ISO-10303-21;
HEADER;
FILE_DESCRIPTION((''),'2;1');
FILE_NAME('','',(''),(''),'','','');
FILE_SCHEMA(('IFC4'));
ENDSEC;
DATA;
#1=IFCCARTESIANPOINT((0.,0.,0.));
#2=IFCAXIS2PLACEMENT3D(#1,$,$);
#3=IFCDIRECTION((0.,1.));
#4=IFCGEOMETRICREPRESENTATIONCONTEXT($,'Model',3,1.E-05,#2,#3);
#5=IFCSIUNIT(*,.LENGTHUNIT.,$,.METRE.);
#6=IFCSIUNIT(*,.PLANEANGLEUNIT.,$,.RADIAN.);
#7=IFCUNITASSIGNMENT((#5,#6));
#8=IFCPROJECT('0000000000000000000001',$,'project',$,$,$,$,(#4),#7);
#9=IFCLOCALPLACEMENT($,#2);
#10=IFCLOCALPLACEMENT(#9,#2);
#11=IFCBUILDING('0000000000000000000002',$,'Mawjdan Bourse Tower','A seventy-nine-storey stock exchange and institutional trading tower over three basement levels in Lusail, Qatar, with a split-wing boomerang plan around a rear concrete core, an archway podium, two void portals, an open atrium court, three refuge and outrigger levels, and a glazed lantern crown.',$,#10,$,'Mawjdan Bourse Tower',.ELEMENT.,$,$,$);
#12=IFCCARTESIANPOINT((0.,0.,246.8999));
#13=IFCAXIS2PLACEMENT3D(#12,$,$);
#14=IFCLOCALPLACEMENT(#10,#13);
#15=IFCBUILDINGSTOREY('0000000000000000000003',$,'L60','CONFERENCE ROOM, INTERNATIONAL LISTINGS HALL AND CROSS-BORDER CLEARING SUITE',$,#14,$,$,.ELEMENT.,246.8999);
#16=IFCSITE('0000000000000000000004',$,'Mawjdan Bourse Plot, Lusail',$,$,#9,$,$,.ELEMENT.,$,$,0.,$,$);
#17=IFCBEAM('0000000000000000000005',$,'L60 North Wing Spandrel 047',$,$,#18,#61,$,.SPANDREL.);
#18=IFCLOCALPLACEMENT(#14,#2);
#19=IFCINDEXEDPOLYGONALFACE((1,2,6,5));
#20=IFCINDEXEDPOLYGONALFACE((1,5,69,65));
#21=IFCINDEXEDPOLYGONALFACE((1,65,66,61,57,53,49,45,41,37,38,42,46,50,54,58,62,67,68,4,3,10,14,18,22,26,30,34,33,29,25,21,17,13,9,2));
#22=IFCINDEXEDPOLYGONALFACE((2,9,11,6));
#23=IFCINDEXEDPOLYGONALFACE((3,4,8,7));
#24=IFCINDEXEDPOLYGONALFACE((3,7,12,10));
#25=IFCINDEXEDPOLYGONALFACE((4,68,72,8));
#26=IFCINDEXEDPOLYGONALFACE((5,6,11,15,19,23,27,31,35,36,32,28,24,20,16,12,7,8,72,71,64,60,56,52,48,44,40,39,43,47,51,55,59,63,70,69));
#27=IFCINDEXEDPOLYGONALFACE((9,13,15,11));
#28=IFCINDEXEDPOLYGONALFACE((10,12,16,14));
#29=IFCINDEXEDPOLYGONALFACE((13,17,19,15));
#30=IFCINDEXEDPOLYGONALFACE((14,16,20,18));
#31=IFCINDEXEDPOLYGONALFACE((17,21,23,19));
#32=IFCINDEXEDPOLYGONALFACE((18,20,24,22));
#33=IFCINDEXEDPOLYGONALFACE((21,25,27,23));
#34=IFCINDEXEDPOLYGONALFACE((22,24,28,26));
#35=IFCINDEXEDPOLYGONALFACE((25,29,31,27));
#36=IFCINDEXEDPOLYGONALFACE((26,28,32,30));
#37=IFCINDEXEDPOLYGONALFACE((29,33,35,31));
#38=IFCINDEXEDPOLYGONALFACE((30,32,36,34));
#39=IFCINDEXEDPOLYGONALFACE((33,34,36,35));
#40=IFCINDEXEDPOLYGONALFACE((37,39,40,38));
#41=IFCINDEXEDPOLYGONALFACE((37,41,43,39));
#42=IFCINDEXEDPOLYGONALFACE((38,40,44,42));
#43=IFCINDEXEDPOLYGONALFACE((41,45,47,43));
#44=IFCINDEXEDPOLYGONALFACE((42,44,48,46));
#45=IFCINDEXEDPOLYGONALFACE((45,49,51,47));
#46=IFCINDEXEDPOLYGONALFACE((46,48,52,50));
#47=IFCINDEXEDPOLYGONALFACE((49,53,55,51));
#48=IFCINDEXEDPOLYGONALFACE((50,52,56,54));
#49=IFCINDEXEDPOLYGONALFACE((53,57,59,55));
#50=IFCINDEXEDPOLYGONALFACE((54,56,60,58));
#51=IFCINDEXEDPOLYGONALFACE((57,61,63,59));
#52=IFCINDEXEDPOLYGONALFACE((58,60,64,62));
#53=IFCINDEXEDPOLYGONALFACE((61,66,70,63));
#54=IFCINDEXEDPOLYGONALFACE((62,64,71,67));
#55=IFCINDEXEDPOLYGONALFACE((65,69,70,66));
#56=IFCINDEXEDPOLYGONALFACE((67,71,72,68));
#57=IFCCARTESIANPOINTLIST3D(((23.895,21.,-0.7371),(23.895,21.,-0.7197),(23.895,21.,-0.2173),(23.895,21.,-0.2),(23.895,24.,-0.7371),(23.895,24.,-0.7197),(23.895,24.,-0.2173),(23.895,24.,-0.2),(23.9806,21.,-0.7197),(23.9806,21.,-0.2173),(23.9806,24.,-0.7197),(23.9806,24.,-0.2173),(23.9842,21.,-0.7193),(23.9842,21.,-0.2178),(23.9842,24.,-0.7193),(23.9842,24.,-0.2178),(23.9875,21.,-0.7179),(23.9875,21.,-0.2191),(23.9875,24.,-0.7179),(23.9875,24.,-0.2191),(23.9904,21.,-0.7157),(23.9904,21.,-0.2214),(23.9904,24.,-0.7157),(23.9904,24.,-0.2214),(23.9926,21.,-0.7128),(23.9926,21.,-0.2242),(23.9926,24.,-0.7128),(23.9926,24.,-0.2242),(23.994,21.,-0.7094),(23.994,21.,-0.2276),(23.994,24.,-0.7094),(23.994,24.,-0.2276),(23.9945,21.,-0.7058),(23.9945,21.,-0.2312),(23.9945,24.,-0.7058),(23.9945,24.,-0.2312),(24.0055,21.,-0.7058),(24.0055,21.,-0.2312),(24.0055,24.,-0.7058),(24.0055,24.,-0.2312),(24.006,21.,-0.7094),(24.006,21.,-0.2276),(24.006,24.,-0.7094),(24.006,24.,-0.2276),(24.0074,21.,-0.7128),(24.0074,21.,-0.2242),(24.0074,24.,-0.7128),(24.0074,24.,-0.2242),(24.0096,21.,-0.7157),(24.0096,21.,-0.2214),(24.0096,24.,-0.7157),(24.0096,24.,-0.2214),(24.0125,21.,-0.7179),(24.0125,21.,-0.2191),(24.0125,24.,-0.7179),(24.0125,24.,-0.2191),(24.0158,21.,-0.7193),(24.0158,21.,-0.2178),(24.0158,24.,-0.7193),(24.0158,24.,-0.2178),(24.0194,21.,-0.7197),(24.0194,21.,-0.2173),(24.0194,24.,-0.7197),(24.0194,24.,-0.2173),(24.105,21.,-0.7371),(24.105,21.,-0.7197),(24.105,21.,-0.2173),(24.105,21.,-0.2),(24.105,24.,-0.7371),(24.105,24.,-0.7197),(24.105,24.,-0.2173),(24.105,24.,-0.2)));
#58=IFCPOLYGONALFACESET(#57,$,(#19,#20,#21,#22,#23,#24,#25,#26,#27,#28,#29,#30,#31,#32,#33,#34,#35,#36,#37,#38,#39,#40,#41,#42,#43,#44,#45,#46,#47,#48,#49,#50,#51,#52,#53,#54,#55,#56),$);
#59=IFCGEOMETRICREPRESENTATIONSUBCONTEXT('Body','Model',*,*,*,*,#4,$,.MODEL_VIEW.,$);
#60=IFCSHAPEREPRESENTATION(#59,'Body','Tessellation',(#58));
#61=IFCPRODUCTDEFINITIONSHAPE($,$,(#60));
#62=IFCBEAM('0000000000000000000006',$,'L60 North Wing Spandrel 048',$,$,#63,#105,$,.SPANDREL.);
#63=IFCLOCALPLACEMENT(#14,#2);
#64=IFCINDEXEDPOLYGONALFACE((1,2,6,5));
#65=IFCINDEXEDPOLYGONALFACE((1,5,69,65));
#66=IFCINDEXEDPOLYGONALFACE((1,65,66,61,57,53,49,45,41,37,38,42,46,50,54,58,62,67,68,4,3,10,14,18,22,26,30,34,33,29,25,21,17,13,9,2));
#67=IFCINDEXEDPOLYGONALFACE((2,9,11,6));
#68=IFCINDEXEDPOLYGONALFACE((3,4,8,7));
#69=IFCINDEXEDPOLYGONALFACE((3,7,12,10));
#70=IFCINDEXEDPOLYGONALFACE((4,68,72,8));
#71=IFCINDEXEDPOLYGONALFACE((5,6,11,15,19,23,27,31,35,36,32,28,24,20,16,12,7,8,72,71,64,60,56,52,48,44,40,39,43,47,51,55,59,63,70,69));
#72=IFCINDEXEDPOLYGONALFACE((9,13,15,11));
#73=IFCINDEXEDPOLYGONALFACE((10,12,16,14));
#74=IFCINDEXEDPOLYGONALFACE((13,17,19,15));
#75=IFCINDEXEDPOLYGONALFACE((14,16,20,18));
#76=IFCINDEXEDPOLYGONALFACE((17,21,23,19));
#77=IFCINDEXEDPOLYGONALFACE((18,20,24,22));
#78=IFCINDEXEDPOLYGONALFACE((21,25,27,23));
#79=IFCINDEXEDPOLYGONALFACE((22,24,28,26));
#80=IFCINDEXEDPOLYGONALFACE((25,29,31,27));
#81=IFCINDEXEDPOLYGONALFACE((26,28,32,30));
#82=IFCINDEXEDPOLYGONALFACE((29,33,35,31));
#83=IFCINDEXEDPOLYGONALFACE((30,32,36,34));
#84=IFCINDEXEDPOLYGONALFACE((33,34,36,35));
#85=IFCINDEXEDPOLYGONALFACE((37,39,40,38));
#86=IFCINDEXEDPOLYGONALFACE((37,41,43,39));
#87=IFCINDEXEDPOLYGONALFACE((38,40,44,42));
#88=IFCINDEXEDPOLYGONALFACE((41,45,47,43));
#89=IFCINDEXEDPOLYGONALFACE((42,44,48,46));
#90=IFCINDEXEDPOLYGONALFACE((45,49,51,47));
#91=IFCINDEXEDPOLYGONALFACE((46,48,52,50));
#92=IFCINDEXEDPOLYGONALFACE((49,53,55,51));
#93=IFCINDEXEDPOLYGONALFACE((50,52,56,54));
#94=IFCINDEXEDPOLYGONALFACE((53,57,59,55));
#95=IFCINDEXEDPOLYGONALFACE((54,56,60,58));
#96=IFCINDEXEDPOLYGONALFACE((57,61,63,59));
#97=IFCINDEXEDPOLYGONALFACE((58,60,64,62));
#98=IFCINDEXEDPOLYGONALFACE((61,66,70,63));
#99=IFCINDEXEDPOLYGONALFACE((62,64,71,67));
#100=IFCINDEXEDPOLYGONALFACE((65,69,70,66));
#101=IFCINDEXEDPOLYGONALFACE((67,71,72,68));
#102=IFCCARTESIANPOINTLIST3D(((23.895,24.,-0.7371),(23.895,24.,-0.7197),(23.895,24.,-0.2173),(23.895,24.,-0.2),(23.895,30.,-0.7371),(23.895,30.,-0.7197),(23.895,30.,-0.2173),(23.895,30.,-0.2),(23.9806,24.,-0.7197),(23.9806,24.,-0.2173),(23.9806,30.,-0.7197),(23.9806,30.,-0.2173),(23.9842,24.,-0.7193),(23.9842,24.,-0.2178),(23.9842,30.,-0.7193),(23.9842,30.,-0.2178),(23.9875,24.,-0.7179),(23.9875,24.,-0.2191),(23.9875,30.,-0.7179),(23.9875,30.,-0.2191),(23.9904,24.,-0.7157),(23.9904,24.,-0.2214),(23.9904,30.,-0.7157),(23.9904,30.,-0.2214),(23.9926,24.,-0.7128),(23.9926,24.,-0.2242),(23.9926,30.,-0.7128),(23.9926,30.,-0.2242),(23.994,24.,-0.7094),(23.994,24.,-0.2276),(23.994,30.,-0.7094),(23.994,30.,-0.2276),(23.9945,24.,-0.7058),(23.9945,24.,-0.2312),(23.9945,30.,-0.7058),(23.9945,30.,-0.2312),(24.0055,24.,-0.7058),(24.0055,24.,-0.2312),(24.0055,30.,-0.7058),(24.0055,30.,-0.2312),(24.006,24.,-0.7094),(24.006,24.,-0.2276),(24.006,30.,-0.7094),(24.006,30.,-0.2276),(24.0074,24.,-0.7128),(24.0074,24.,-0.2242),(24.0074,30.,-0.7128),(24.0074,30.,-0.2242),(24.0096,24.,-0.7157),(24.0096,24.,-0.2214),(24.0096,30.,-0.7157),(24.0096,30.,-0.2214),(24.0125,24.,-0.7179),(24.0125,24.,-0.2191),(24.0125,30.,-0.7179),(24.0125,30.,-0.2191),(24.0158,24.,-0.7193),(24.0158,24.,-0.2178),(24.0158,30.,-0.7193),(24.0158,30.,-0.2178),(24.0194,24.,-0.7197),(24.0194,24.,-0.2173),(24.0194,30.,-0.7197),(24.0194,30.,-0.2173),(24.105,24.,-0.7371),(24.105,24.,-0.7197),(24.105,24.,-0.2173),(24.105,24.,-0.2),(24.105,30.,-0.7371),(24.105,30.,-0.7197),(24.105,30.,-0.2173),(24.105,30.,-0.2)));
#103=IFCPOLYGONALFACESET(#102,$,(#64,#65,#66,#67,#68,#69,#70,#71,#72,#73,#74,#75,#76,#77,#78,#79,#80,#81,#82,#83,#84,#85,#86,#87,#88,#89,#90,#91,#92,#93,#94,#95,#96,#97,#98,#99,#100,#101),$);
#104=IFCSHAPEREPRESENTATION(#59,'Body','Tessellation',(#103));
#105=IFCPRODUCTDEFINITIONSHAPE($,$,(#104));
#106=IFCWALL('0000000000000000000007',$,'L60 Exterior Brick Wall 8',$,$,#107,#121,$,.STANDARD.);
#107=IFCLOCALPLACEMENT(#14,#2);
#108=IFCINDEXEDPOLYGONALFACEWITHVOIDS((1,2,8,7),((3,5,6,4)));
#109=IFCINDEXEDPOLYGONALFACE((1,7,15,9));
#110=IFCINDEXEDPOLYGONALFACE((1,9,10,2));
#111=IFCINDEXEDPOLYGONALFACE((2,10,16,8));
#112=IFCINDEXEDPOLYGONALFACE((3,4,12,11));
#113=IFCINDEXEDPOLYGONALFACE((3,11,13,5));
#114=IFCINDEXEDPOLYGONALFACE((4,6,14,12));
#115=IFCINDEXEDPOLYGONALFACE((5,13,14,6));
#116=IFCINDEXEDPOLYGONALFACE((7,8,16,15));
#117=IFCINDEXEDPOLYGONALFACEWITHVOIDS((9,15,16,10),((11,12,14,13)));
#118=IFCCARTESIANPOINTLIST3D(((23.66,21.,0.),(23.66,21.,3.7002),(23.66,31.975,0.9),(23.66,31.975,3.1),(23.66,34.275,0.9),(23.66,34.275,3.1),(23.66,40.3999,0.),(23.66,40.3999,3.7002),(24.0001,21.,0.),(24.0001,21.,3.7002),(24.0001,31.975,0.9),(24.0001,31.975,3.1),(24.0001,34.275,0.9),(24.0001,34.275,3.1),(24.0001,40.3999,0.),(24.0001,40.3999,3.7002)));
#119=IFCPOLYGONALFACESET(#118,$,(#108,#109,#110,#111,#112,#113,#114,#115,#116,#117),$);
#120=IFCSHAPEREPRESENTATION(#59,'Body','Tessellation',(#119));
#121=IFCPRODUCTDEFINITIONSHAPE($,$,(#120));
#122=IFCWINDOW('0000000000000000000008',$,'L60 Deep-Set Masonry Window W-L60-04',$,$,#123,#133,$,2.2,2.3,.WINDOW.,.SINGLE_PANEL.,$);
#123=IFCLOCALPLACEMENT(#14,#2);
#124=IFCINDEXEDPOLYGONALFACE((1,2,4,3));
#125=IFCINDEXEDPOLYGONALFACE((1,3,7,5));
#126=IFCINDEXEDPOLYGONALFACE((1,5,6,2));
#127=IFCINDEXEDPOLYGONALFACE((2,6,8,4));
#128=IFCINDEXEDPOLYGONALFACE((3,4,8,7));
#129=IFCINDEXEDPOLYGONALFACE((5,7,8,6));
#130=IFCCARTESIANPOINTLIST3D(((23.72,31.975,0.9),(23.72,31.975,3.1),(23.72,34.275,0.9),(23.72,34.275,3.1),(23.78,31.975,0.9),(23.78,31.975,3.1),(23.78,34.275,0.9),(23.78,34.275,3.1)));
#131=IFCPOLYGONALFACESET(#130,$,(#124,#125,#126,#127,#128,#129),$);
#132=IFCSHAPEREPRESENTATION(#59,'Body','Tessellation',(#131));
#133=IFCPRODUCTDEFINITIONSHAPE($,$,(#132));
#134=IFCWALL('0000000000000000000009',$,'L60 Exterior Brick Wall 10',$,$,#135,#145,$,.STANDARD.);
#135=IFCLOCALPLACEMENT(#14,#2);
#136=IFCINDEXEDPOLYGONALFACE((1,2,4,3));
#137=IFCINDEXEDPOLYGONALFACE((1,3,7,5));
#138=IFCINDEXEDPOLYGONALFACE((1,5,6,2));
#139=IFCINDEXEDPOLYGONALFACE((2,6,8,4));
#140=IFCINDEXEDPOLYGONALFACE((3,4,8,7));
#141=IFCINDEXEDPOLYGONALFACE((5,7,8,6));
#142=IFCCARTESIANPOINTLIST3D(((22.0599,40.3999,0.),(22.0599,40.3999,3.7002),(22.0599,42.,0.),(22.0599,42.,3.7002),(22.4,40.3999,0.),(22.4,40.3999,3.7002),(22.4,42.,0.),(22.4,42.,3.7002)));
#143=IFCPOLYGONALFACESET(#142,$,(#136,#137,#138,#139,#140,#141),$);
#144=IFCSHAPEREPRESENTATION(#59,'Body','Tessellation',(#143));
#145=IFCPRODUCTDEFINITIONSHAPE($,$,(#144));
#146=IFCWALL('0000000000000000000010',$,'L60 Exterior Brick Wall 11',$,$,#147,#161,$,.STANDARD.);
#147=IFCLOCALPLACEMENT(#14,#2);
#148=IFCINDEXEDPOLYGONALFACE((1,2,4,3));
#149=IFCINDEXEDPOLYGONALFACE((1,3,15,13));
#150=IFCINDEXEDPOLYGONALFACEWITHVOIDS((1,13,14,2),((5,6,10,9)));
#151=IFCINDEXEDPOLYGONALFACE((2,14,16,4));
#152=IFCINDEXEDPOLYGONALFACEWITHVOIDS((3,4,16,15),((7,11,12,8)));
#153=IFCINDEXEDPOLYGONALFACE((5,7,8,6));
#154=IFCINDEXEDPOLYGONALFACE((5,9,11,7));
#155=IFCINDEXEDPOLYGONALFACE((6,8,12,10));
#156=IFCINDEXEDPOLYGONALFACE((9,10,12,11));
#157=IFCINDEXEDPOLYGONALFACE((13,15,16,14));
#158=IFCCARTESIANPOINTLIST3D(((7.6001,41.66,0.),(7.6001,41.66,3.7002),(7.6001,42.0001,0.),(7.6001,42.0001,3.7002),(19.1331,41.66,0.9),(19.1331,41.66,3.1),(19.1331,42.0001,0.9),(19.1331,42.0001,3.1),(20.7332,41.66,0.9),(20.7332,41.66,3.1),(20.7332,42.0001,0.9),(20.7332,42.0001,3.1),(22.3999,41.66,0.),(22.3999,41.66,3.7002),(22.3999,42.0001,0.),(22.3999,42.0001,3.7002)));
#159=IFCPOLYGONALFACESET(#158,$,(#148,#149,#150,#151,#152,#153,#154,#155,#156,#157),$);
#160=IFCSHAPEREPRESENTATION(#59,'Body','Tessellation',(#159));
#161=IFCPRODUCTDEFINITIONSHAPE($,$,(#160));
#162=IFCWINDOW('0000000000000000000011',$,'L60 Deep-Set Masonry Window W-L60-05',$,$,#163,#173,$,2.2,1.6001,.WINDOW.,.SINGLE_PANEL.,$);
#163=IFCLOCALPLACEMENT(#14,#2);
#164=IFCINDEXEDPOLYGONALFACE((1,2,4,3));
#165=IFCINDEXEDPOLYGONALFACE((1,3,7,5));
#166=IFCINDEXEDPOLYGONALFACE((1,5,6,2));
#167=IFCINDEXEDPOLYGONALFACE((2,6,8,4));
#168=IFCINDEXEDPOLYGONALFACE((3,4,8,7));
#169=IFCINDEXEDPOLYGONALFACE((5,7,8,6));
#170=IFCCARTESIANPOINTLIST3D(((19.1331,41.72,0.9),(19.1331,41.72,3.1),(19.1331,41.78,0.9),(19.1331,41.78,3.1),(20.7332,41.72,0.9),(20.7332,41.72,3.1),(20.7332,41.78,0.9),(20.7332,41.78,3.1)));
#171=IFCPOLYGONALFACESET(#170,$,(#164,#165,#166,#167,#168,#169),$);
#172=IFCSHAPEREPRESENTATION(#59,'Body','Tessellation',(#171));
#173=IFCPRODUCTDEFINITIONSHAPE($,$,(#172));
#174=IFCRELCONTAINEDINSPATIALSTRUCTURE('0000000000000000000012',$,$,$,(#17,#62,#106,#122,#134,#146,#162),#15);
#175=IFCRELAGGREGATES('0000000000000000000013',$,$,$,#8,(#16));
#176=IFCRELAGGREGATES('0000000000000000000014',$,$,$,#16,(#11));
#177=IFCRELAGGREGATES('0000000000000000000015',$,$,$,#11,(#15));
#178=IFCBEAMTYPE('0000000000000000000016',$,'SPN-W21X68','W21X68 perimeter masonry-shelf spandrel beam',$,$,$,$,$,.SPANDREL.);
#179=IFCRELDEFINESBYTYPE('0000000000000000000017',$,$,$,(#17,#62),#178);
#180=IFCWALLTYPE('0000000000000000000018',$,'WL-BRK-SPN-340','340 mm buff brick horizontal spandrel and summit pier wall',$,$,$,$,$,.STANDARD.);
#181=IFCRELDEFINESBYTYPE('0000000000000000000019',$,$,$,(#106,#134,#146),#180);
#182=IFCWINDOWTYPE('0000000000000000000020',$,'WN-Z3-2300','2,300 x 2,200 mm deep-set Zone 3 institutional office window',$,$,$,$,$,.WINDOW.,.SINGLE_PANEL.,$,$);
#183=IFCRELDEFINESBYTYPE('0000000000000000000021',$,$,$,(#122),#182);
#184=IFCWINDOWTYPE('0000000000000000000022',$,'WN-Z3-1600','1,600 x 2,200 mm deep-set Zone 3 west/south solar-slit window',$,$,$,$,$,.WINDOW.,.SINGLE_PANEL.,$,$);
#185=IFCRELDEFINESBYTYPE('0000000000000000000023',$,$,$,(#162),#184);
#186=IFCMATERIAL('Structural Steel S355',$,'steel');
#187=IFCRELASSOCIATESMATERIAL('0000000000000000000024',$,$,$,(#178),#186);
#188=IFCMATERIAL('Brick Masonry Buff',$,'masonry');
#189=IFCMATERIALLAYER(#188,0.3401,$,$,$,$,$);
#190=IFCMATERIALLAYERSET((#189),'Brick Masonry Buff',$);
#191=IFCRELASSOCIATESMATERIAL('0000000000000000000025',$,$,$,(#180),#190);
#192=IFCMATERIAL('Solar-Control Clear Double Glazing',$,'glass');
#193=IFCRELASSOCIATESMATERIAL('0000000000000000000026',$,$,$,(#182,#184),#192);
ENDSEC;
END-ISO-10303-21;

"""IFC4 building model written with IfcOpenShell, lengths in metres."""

from ifc_helpers import new_model, si_unit, direction, frame, frame_2d, origin, origin_2d, place, context, subcontext, project, spatial, rectangle, i_section, extrude, material, layer, layer_set, material_profile, profile_set, type_object, element, fill, save


model = new_model("IFC4")

# Units and contexts
model_context = context("Model", 3, precision=1e-05, world=origin(), true_north=direction((0.0, 1.0)))
body_context = subcontext(model_context, "Body", "Model", "MODEL_VIEW")
ifc_project = project(units=[si_unit("LENGTHUNIT", "METRE"), si_unit("PLANEANGLEUNIT", "RADIAN")], contexts=[model_context])

# Site, building, storey
site_placement = place(None, origin())
site = spatial("IfcSite", under=ifc_project, at=site_placement, Name="Mawjdan Bourse Plot, Lusail", CompositionType="ELEMENT", RefElevation=0.0)
building_placement = place(site_placement, origin())
building = spatial("IfcBuilding", under=site, at=building_placement, Name="Mawjdan Bourse Tower", Description="A seventy-nine-storey stock exchange and institutional trading tower over three basement levels in Lusail, Qatar, with a split-wing boomerang plan around a rear concrete core, an archway podium, two void portals, an open atrium court, three refuge and outrigger levels, and a glazed lantern crown.", LongName="Mawjdan Bourse Tower", CompositionType="ELEMENT")
storey_placement = place(building_placement, frame((0.0, 0.0, 246.8999)))
storey = spatial("IfcBuildingStorey", under=building, at=storey_placement, Name="L60", Description="CONFERENCE ROOM, INTERNATIONAL LISTINGS HALL AND CROSS-BORDER CLEARING SUITE", CompositionType="ELEMENT", Elevation=246.8999)

# Beams
ifc_material_1 = material(Name="Structural Steel S355", Category="steel")
ifc_material_profile_1 = material_profile(ifc_material_1, i_section(OverallWidth=0.21, OverallDepth=0.5371, WebThickness=0.011, FlangeThickness=0.0173, FilletRadius=0.0139, at=origin_2d()), Name="W21X68")
ifc_profile_set_1 = profile_set([ifc_material_profile_1], Name="Structural Steel S355")
beam_type_1 = type_object("IfcBeamType", Name="SPN-W21X68", Description="W21X68 perimeter masonry-shelf spandrel beam", PredefinedType="SPANDREL", material=ifc_profile_set_1)
beam_1_placement = place(storey_placement, frame((24.0, 21.0, -0.4685), z_axis=(0.0, 1.0, 0.0), x_axis=(-1.0, 0.0, 0.0)))
element("IfcBeam", 1, at=beam_1_placement, inside=storey, type_object=beam_type_1, Name="L60 North Wing Spandrel 047", PredefinedType="SPANDREL", context=body_context, shape_type="SweptSolid", body=[
    extrude(i_section(OverallWidth=0.21, OverallDepth=0.5371, WebThickness=0.011, FlangeThickness=0.0173, FilletRadius=0.0139, at=origin_2d()), origin(), (0.0, 0.0, 1.0), 3.0),
])
beam_2_placement = place(storey_placement, frame((24.0, 24.0, -0.4685), z_axis=(0.0, 1.0, 0.0), x_axis=(-1.0, 0.0, 0.0)))
element("IfcBeam", 2, at=beam_2_placement, inside=storey, type_object=beam_type_1, Name="L60 North Wing Spandrel 048", PredefinedType="SPANDREL", context=body_context, shape_type="SweptSolid", body=[
    extrude(i_section(OverallWidth=0.21, OverallDepth=0.5371, WebThickness=0.011, FlangeThickness=0.0173, FilletRadius=0.0139, at=origin_2d()), origin(), (0.0, 0.0, 1.0), 6.0),
])

# Wall, opening, window
ifc_material_2 = material(Name="Brick Masonry Buff", Category="masonry")
ifc_layer_1 = layer(ifc_material_2, 0.3401)
ifc_layer_set_1 = layer_set([ifc_layer_1], Name="Brick Masonry Buff")
wall_type_1 = type_object("IfcWallType", Name="WL-BRK-SPN-340", Description="340 mm buff brick horizontal spandrel and summit pier wall", PredefinedType="STANDARD", material=ifc_layer_set_1)
wall_1_placement = place(storey_placement, frame((23.8301, 21.0, 0.0), z_axis=(0.0, 0.0, 1.0), x_axis=(0.0, 1.0, 0.0)))
wall_1 = element("IfcWall", 3, at=wall_1_placement, inside=storey, type_object=wall_type_1, Name="L60 Exterior Brick Wall 8", PredefinedType="STANDARD", context=body_context, shape_type="SweptSolid", body=[
    extrude(rectangle(XDim=19.3999, YDim=0.3401, at=frame_2d((9.7, 0.0))), origin(), (0.0, 0.0, 1.0), 3.7002),
])
opening_1_placement = place(wall_1_placement, frame((10.9751, 0.0, 0.8999)))
opening_1 = element("IfcOpeningElement", 4, at=opening_1_placement, cuts=wall_1, PredefinedType="OPENING", context=body_context, shape_type="SweptSolid", body=[
    extrude(rectangle(XDim=2.3, YDim=2.2, at=frame_2d((1.1499, 1.1001))), frame((0.0, 0.1802, 0.0), z_axis=(0.0, -1.0, 0.0), x_axis=(1.0, 0.0, 0.0)), (0.0, 0.0, 1.0), 0.3601),
])
ifc_material_3 = material(Name="Solar-Control Clear Double Glazing", Category="glass")
window_type_1 = type_object("IfcWindowType", Name="WN-Z3-2300", Description="2,300 x 2,200 mm deep-set Zone 3 institutional office window", PartitioningType="SINGLE_PANEL", PredefinedType="WINDOW", material=ifc_material_3)
window_1_placement = place(opening_1_placement, origin())
window_1 = element("IfcWindow", 5, at=window_1_placement, inside=storey, type_object=window_type_1, Name="L60 Deep-Set Masonry Window W-L60-04", OverallHeight=2.2, OverallWidth=2.3, PartitioningType="SINGLE_PANEL", PredefinedType="WINDOW", context=body_context, shape_type="SweptSolid", body=[
    extrude(rectangle(XDim=2.3, YDim=2.2, at=frame_2d((1.1499, 1.1001))), frame((0.0, 0.1101, 0.0), z_axis=(0.0, -1.0, 0.0), x_axis=(1.0, 0.0, 0.0)), (0.0, 0.0, 1.0), 0.0601),
])
fill(opening_1, window_1)

# Wall
wall_2_placement = place(storey_placement, frame((22.23, 40.3999, 0.0), z_axis=(0.0, 0.0, 1.0), x_axis=(0.0, 1.0, 0.0)))
element("IfcWall", 6, at=wall_2_placement, inside=storey, type_object=wall_type_1, Name="L60 Exterior Brick Wall 10", PredefinedType="STANDARD", context=body_context, shape_type="SweptSolid", body=[
    extrude(rectangle(XDim=1.6001, YDim=0.3401, at=frame_2d((0.8, 0.0))), origin(), (0.0, 0.0, 1.0), 3.7002),
])

# Wall, opening, window
wall_3_placement = place(storey_placement, frame((22.3999, 41.8301, 0.0), z_axis=(0.0, 0.0, 1.0), x_axis=(-1.0, 0.0, 0.0)))
wall_3 = element("IfcWall", 7, at=wall_3_placement, inside=storey, type_object=wall_type_1, Name="L60 Exterior Brick Wall 11", PredefinedType="STANDARD", context=body_context, shape_type="SweptSolid", body=[
    extrude(rectangle(XDim=14.7998, YDim=0.3401, at=frame_2d((7.3999, 0.0))), origin(), (0.0, 0.0, 1.0), 3.7002),
])
opening_2_placement = place(wall_3_placement, frame((1.6667, 0.0, 0.8999)))
opening_2 = element("IfcOpeningElement", 8, at=opening_2_placement, cuts=wall_3, PredefinedType="OPENING", context=body_context, shape_type="SweptSolid", body=[
    extrude(rectangle(XDim=1.6001, YDim=2.2, at=frame_2d((0.8, 1.1001))), frame((0.0, 0.1802, 0.0), z_axis=(0.0, -1.0, 0.0), x_axis=(1.0, 0.0, 0.0)), (0.0, 0.0, 1.0), 0.3601),
])
window_type_2 = type_object("IfcWindowType", Name="WN-Z3-1600", Description="1,600 x 2,200 mm deep-set Zone 3 west/south solar-slit window", PartitioningType="SINGLE_PANEL", PredefinedType="WINDOW", material=ifc_material_3)
window_2_placement = place(opening_2_placement, origin())
window_2 = element("IfcWindow", 9, at=window_2_placement, inside=storey, type_object=window_type_2, Name="L60 Deep-Set Masonry Window W-L60-05", OverallHeight=2.2, OverallWidth=1.6001, PartitioningType="SINGLE_PANEL", PredefinedType="WINDOW", context=body_context, shape_type="SweptSolid", body=[
    extrude(rectangle(XDim=1.6001, YDim=2.2, at=frame_2d((0.8, 1.1001))), frame((0.0, 0.1101, 0.0), z_axis=(0.0, -1.0, 0.0), x_axis=(1.0, 0.0, 0.0)), (0.0, 0.0, 1.0), 0.0601),
])
fill(opening_2, window_2)

save(model, "model.ifc")
